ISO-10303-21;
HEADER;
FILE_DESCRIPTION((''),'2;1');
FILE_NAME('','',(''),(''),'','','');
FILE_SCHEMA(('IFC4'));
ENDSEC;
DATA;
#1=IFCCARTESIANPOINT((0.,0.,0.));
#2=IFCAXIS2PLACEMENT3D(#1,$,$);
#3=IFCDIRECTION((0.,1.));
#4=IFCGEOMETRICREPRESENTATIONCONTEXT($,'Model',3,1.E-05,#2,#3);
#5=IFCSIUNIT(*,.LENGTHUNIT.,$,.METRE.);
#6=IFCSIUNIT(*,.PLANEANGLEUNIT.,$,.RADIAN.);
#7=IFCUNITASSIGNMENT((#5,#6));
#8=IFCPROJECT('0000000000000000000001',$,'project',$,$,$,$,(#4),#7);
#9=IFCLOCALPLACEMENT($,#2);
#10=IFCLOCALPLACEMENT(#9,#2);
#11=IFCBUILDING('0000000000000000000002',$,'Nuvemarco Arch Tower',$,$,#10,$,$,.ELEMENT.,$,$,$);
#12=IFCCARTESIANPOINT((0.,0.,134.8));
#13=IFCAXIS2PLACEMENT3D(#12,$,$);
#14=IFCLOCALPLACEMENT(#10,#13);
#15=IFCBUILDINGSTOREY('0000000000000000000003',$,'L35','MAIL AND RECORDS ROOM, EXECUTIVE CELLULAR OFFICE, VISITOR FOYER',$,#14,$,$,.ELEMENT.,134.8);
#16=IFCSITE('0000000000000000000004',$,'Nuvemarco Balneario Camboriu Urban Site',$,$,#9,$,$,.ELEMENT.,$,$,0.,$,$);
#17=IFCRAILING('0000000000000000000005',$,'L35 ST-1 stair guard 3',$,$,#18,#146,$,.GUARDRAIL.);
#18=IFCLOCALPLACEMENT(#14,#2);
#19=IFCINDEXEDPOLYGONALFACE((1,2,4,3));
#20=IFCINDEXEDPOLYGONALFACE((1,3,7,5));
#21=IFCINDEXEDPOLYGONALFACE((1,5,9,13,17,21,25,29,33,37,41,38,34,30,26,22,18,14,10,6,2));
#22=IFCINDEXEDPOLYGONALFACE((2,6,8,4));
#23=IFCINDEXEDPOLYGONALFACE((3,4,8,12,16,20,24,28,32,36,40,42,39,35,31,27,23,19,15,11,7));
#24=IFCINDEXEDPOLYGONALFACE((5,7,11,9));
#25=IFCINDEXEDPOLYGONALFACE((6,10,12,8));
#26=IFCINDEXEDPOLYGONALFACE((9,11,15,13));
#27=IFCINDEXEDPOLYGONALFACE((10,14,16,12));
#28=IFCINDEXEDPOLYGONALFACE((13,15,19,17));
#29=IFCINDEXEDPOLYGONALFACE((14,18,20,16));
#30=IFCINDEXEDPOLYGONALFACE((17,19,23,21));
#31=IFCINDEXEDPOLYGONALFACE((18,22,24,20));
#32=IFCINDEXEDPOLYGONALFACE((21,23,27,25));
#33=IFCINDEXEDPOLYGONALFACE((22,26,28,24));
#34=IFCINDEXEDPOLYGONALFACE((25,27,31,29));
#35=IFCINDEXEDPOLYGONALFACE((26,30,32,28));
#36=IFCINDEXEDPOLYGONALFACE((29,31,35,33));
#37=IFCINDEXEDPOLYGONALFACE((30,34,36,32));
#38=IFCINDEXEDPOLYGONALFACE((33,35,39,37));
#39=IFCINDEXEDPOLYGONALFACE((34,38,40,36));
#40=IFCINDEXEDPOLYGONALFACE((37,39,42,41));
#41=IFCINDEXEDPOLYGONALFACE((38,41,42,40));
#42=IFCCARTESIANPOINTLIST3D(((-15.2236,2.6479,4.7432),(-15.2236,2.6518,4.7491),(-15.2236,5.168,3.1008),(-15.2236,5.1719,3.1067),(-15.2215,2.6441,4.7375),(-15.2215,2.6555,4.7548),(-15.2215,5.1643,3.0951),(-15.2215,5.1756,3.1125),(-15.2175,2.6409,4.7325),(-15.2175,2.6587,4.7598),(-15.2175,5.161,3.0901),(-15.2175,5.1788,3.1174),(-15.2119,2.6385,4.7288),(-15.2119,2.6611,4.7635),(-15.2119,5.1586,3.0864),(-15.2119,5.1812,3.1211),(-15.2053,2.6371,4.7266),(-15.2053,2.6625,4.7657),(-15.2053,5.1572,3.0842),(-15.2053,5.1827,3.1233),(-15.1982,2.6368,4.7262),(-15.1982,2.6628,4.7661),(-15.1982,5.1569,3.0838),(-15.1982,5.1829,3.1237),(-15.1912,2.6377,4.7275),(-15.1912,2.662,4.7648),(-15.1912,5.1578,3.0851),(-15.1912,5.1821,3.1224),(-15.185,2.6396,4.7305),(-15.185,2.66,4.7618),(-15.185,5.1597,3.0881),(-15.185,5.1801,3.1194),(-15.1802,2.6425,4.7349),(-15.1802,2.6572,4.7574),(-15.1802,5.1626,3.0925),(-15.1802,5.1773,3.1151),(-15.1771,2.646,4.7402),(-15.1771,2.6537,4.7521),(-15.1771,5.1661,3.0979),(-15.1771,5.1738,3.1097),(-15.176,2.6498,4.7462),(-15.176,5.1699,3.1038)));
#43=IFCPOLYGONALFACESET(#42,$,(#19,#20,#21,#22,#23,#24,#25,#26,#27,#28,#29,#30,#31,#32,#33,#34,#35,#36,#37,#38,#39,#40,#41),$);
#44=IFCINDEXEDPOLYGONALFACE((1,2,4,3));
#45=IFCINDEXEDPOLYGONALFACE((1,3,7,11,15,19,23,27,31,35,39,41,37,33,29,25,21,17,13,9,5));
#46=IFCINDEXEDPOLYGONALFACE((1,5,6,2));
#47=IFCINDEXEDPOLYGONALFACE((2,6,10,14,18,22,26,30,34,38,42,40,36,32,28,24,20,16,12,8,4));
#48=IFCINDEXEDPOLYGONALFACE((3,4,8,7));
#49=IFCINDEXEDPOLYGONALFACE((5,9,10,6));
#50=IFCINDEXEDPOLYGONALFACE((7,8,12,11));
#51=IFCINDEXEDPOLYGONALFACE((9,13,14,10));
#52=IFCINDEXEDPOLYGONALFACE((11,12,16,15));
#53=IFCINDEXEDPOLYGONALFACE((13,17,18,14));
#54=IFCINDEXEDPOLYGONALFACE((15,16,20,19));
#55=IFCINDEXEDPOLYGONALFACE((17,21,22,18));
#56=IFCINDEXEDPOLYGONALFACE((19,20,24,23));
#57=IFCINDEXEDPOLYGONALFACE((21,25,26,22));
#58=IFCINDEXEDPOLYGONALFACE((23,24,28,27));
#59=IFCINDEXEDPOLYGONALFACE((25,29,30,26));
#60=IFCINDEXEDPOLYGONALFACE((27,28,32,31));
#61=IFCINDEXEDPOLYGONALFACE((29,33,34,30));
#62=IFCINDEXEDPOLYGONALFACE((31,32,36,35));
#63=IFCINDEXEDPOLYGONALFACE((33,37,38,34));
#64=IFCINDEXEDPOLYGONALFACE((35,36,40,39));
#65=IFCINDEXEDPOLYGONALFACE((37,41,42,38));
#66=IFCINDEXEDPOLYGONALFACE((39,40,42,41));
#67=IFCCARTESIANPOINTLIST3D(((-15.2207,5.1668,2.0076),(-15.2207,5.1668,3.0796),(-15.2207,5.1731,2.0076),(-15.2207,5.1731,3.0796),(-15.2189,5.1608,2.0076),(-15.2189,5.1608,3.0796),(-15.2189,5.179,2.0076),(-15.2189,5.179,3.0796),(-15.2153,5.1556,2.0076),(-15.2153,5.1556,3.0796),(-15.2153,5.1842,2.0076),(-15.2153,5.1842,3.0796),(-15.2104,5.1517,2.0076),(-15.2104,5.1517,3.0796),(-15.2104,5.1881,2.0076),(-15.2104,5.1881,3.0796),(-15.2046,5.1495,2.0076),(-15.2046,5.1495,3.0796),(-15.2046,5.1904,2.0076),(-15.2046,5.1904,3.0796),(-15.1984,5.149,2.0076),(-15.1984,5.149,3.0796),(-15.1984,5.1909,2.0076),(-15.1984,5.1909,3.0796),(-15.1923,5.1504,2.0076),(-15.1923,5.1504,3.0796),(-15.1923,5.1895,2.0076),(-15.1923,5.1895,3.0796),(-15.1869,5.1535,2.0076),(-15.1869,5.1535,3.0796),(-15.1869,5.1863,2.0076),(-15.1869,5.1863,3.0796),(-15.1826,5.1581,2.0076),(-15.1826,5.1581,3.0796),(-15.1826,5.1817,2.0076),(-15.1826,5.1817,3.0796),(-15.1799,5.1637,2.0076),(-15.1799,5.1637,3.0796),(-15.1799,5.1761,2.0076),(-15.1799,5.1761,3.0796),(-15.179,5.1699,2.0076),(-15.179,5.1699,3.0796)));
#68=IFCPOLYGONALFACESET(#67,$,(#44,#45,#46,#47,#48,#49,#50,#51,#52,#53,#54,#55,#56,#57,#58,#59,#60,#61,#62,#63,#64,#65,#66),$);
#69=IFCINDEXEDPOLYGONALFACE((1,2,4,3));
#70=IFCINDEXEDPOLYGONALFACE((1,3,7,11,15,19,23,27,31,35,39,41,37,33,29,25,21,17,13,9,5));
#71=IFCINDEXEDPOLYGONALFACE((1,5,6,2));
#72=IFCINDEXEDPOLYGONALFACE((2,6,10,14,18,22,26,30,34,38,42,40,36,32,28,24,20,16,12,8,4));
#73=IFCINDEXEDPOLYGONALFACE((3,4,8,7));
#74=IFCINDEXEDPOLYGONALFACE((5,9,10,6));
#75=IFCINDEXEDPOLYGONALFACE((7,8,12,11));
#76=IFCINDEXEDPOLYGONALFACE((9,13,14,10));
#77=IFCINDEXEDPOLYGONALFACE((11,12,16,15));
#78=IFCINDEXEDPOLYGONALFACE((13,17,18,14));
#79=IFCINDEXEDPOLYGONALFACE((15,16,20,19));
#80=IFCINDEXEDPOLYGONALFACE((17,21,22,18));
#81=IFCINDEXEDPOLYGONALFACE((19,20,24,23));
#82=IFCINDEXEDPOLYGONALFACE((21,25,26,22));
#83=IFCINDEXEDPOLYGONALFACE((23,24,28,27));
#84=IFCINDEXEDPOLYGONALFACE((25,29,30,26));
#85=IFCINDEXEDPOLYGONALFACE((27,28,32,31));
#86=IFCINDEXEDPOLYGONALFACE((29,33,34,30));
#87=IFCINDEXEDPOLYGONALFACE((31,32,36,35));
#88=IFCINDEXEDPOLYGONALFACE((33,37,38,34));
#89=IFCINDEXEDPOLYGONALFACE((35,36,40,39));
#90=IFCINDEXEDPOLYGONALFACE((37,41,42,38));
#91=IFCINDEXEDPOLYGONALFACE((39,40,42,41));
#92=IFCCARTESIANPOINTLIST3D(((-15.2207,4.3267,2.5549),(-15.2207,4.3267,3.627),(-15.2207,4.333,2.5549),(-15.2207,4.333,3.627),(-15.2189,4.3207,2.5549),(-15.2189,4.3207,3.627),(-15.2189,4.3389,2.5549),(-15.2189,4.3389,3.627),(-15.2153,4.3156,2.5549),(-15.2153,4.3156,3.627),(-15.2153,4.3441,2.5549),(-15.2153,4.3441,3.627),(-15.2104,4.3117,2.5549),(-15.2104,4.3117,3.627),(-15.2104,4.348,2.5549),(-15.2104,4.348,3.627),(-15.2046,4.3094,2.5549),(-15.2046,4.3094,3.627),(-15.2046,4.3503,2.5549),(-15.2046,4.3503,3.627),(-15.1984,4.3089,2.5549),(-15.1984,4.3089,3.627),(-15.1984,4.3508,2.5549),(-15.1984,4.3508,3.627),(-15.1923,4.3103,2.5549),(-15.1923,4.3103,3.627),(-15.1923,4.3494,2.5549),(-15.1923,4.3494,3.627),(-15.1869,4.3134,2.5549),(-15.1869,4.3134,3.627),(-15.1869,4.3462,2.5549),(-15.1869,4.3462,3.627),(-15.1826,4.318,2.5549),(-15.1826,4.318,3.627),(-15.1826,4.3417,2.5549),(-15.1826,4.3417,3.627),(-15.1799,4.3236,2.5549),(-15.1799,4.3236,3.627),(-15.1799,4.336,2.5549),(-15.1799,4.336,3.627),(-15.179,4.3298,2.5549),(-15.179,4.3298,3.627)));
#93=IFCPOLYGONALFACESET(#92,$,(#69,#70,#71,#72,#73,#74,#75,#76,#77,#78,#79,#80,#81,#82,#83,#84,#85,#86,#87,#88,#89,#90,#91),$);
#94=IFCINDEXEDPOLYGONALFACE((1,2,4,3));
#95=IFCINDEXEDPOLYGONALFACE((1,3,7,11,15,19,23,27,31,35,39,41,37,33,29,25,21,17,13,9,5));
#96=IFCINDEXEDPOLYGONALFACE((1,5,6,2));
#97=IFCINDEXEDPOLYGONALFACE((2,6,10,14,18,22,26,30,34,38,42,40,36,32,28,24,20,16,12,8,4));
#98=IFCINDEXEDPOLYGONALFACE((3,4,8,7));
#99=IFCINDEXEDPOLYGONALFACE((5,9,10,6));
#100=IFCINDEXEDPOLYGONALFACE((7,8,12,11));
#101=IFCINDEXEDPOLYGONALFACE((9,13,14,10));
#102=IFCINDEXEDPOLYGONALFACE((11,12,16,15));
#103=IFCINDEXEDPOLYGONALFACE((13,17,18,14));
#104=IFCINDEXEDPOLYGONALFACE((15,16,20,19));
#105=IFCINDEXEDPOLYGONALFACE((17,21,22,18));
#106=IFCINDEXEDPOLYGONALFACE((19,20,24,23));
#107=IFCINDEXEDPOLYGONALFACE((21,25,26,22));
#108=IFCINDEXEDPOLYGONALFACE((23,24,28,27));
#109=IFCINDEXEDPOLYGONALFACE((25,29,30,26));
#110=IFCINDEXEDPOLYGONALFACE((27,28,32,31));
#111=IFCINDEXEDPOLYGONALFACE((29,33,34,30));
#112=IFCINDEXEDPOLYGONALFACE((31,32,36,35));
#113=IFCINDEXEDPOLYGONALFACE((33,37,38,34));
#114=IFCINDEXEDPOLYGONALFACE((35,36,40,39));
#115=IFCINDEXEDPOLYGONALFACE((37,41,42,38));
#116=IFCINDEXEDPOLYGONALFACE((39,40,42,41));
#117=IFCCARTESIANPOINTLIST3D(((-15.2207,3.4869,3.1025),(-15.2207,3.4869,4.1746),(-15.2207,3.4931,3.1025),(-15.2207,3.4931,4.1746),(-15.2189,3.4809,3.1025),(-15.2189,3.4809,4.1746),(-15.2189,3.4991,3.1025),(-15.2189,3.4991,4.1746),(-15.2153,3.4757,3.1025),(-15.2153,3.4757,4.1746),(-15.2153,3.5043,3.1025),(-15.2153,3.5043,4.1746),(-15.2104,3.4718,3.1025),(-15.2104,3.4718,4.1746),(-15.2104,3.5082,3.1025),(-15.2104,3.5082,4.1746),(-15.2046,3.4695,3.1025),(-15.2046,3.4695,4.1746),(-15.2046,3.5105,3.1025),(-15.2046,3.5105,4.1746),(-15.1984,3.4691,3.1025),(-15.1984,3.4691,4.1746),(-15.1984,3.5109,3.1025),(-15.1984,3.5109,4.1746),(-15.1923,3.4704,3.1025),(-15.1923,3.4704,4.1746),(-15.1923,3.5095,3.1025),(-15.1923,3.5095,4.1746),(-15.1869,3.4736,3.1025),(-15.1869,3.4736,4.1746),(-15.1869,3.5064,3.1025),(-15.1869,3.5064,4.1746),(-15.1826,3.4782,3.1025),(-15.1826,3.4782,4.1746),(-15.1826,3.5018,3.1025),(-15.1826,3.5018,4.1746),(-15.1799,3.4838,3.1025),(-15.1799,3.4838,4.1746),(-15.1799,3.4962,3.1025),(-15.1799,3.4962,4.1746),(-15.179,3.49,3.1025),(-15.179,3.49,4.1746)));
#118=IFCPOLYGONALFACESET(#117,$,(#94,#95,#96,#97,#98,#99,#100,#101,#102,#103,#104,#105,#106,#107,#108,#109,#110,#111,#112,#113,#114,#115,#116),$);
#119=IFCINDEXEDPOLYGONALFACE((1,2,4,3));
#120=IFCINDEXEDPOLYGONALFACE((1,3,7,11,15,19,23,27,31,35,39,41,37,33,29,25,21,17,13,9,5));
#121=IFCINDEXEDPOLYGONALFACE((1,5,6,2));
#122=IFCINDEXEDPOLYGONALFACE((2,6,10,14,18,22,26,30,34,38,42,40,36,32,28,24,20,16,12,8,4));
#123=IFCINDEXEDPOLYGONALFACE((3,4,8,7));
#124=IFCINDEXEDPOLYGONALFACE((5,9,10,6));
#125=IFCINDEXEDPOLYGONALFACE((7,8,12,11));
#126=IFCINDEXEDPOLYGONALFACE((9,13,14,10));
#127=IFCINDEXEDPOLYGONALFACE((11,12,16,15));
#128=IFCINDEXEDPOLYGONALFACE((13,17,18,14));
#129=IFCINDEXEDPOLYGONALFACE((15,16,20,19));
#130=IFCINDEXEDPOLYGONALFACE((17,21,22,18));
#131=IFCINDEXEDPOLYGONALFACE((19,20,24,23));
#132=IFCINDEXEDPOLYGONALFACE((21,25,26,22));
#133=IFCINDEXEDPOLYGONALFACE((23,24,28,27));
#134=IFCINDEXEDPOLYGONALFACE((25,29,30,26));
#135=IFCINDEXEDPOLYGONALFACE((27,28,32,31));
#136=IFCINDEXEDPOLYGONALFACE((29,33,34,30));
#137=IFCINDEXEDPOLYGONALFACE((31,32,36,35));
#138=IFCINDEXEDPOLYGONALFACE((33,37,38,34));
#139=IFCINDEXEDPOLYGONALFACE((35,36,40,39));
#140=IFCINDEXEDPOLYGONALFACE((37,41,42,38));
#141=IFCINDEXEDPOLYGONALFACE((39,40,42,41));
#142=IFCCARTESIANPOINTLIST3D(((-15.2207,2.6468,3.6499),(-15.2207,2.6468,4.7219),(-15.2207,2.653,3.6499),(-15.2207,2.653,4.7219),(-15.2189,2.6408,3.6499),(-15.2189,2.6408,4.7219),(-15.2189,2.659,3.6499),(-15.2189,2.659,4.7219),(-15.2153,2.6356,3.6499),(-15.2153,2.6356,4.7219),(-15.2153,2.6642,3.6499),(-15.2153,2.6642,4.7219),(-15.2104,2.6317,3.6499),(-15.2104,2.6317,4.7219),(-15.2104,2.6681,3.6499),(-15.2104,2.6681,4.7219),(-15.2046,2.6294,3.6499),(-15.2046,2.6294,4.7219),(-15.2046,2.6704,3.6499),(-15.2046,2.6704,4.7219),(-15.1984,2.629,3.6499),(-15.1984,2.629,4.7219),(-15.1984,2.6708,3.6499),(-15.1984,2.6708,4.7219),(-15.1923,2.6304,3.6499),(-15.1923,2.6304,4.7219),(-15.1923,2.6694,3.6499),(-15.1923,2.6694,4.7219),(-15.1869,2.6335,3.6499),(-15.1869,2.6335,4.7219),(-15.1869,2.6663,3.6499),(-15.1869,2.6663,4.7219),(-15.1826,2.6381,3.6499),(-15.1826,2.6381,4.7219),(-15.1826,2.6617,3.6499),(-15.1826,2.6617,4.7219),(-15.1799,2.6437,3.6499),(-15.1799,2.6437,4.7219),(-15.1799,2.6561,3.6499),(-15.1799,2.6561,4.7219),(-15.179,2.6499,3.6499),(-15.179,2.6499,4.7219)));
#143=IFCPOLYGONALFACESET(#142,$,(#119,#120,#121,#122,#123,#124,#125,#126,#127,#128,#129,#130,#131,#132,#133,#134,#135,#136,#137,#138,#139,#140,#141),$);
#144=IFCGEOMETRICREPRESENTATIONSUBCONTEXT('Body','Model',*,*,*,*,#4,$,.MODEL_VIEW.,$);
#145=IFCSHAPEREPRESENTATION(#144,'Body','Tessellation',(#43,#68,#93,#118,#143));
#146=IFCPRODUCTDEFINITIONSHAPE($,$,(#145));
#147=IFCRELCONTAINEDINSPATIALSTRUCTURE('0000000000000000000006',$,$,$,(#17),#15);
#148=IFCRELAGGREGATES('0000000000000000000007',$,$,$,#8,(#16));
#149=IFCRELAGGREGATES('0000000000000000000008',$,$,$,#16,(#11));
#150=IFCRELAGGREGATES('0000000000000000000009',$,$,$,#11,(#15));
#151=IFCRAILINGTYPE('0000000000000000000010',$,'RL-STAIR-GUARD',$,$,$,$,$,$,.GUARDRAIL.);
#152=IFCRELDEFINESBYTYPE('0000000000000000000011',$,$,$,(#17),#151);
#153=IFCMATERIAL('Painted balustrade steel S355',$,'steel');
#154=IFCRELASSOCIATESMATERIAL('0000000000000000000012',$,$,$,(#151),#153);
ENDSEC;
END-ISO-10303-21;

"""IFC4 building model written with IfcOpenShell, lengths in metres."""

from ifc_helpers import new_model, si_unit, direction, frame, origin, origin_2d, place, context, subcontext, project, spatial, circle, extrude, material, type_object, element, save


model = new_model("IFC4")

# Units and contexts
model_context = context("Model", 3, precision=1e-05, world=origin(), true_north=direction((0.0, 1.0)))
body_context = subcontext(model_context, "Body", "Model", "MODEL_VIEW")
ifc_project = project(units=[si_unit("LENGTHUNIT", "METRE"), si_unit("PLANEANGLEUNIT", "RADIAN")], contexts=[model_context])

# Site, building, storey
site_placement = place(None, origin())
site = spatial("IfcSite", under=ifc_project, at=site_placement, Name="Nuvemarco Balneario Camboriu Urban Site", CompositionType="ELEMENT", RefElevation=0.0)
building_placement = place(site_placement, origin())
building = spatial("IfcBuilding", under=site, at=building_placement, Name="Nuvemarco Arch Tower", CompositionType="ELEMENT")
storey_placement = place(building_placement, frame((0.0, 0.0, 134.8)))
storey = spatial("IfcBuildingStorey", under=building, at=storey_placement, Name="L35", Description="MAIL AND RECORDS ROOM, EXECUTIVE CELLULAR OFFICE, VISITOR FOYER", CompositionType="ELEMENT", Elevation=134.8)

# Railing
ifc_material_1 = material(Name="Painted balustrade steel S355", Category="steel")
railing_type_1 = type_object("IfcRailingType", Name="RL-STAIR-GUARD", PredefinedType="GUARDRAIL", material=ifc_material_1)
railing_1_placement = place(storey_placement, frame((-15.2, 5.1699, 2.0076)))
element("IfcRailing", 1, at=railing_1_placement, inside=storey, type_object=railing_type_1, Name="L35 ST-1 stair guard 3", PredefinedType="GUARDRAIL", context=body_context, shape_type="SweptSolid", body=[
    extrude(circle(Radius=0.0239, at=origin_2d()), frame((0.0, 0.0, 1.0962), z_axis=(0.0, -0.837787, 0.545998), x_axis=(1.0, 0.0, 0.0)), (0.0, 0.0, 1.0), 3.0081),
    extrude(circle(Radius=0.021, at=origin_2d()), origin(), (0.0, 0.0, 1.0), 1.072),
    extrude(circle(Radius=0.021, at=origin_2d()), frame((0.0, -0.8401, 0.5474)), (0.0, 0.0, 1.0), 1.072),
    extrude(circle(Radius=0.021, at=origin_2d()), frame((0.0, -1.6799, 1.095)), (0.0, 0.0, 1.0), 1.072),
    extrude(circle(Radius=0.021, at=origin_2d()), frame((0.0, -2.52, 1.6423)), (0.0, 0.0, 1.0), 1.072),
])

save(model, "model.ifc")
